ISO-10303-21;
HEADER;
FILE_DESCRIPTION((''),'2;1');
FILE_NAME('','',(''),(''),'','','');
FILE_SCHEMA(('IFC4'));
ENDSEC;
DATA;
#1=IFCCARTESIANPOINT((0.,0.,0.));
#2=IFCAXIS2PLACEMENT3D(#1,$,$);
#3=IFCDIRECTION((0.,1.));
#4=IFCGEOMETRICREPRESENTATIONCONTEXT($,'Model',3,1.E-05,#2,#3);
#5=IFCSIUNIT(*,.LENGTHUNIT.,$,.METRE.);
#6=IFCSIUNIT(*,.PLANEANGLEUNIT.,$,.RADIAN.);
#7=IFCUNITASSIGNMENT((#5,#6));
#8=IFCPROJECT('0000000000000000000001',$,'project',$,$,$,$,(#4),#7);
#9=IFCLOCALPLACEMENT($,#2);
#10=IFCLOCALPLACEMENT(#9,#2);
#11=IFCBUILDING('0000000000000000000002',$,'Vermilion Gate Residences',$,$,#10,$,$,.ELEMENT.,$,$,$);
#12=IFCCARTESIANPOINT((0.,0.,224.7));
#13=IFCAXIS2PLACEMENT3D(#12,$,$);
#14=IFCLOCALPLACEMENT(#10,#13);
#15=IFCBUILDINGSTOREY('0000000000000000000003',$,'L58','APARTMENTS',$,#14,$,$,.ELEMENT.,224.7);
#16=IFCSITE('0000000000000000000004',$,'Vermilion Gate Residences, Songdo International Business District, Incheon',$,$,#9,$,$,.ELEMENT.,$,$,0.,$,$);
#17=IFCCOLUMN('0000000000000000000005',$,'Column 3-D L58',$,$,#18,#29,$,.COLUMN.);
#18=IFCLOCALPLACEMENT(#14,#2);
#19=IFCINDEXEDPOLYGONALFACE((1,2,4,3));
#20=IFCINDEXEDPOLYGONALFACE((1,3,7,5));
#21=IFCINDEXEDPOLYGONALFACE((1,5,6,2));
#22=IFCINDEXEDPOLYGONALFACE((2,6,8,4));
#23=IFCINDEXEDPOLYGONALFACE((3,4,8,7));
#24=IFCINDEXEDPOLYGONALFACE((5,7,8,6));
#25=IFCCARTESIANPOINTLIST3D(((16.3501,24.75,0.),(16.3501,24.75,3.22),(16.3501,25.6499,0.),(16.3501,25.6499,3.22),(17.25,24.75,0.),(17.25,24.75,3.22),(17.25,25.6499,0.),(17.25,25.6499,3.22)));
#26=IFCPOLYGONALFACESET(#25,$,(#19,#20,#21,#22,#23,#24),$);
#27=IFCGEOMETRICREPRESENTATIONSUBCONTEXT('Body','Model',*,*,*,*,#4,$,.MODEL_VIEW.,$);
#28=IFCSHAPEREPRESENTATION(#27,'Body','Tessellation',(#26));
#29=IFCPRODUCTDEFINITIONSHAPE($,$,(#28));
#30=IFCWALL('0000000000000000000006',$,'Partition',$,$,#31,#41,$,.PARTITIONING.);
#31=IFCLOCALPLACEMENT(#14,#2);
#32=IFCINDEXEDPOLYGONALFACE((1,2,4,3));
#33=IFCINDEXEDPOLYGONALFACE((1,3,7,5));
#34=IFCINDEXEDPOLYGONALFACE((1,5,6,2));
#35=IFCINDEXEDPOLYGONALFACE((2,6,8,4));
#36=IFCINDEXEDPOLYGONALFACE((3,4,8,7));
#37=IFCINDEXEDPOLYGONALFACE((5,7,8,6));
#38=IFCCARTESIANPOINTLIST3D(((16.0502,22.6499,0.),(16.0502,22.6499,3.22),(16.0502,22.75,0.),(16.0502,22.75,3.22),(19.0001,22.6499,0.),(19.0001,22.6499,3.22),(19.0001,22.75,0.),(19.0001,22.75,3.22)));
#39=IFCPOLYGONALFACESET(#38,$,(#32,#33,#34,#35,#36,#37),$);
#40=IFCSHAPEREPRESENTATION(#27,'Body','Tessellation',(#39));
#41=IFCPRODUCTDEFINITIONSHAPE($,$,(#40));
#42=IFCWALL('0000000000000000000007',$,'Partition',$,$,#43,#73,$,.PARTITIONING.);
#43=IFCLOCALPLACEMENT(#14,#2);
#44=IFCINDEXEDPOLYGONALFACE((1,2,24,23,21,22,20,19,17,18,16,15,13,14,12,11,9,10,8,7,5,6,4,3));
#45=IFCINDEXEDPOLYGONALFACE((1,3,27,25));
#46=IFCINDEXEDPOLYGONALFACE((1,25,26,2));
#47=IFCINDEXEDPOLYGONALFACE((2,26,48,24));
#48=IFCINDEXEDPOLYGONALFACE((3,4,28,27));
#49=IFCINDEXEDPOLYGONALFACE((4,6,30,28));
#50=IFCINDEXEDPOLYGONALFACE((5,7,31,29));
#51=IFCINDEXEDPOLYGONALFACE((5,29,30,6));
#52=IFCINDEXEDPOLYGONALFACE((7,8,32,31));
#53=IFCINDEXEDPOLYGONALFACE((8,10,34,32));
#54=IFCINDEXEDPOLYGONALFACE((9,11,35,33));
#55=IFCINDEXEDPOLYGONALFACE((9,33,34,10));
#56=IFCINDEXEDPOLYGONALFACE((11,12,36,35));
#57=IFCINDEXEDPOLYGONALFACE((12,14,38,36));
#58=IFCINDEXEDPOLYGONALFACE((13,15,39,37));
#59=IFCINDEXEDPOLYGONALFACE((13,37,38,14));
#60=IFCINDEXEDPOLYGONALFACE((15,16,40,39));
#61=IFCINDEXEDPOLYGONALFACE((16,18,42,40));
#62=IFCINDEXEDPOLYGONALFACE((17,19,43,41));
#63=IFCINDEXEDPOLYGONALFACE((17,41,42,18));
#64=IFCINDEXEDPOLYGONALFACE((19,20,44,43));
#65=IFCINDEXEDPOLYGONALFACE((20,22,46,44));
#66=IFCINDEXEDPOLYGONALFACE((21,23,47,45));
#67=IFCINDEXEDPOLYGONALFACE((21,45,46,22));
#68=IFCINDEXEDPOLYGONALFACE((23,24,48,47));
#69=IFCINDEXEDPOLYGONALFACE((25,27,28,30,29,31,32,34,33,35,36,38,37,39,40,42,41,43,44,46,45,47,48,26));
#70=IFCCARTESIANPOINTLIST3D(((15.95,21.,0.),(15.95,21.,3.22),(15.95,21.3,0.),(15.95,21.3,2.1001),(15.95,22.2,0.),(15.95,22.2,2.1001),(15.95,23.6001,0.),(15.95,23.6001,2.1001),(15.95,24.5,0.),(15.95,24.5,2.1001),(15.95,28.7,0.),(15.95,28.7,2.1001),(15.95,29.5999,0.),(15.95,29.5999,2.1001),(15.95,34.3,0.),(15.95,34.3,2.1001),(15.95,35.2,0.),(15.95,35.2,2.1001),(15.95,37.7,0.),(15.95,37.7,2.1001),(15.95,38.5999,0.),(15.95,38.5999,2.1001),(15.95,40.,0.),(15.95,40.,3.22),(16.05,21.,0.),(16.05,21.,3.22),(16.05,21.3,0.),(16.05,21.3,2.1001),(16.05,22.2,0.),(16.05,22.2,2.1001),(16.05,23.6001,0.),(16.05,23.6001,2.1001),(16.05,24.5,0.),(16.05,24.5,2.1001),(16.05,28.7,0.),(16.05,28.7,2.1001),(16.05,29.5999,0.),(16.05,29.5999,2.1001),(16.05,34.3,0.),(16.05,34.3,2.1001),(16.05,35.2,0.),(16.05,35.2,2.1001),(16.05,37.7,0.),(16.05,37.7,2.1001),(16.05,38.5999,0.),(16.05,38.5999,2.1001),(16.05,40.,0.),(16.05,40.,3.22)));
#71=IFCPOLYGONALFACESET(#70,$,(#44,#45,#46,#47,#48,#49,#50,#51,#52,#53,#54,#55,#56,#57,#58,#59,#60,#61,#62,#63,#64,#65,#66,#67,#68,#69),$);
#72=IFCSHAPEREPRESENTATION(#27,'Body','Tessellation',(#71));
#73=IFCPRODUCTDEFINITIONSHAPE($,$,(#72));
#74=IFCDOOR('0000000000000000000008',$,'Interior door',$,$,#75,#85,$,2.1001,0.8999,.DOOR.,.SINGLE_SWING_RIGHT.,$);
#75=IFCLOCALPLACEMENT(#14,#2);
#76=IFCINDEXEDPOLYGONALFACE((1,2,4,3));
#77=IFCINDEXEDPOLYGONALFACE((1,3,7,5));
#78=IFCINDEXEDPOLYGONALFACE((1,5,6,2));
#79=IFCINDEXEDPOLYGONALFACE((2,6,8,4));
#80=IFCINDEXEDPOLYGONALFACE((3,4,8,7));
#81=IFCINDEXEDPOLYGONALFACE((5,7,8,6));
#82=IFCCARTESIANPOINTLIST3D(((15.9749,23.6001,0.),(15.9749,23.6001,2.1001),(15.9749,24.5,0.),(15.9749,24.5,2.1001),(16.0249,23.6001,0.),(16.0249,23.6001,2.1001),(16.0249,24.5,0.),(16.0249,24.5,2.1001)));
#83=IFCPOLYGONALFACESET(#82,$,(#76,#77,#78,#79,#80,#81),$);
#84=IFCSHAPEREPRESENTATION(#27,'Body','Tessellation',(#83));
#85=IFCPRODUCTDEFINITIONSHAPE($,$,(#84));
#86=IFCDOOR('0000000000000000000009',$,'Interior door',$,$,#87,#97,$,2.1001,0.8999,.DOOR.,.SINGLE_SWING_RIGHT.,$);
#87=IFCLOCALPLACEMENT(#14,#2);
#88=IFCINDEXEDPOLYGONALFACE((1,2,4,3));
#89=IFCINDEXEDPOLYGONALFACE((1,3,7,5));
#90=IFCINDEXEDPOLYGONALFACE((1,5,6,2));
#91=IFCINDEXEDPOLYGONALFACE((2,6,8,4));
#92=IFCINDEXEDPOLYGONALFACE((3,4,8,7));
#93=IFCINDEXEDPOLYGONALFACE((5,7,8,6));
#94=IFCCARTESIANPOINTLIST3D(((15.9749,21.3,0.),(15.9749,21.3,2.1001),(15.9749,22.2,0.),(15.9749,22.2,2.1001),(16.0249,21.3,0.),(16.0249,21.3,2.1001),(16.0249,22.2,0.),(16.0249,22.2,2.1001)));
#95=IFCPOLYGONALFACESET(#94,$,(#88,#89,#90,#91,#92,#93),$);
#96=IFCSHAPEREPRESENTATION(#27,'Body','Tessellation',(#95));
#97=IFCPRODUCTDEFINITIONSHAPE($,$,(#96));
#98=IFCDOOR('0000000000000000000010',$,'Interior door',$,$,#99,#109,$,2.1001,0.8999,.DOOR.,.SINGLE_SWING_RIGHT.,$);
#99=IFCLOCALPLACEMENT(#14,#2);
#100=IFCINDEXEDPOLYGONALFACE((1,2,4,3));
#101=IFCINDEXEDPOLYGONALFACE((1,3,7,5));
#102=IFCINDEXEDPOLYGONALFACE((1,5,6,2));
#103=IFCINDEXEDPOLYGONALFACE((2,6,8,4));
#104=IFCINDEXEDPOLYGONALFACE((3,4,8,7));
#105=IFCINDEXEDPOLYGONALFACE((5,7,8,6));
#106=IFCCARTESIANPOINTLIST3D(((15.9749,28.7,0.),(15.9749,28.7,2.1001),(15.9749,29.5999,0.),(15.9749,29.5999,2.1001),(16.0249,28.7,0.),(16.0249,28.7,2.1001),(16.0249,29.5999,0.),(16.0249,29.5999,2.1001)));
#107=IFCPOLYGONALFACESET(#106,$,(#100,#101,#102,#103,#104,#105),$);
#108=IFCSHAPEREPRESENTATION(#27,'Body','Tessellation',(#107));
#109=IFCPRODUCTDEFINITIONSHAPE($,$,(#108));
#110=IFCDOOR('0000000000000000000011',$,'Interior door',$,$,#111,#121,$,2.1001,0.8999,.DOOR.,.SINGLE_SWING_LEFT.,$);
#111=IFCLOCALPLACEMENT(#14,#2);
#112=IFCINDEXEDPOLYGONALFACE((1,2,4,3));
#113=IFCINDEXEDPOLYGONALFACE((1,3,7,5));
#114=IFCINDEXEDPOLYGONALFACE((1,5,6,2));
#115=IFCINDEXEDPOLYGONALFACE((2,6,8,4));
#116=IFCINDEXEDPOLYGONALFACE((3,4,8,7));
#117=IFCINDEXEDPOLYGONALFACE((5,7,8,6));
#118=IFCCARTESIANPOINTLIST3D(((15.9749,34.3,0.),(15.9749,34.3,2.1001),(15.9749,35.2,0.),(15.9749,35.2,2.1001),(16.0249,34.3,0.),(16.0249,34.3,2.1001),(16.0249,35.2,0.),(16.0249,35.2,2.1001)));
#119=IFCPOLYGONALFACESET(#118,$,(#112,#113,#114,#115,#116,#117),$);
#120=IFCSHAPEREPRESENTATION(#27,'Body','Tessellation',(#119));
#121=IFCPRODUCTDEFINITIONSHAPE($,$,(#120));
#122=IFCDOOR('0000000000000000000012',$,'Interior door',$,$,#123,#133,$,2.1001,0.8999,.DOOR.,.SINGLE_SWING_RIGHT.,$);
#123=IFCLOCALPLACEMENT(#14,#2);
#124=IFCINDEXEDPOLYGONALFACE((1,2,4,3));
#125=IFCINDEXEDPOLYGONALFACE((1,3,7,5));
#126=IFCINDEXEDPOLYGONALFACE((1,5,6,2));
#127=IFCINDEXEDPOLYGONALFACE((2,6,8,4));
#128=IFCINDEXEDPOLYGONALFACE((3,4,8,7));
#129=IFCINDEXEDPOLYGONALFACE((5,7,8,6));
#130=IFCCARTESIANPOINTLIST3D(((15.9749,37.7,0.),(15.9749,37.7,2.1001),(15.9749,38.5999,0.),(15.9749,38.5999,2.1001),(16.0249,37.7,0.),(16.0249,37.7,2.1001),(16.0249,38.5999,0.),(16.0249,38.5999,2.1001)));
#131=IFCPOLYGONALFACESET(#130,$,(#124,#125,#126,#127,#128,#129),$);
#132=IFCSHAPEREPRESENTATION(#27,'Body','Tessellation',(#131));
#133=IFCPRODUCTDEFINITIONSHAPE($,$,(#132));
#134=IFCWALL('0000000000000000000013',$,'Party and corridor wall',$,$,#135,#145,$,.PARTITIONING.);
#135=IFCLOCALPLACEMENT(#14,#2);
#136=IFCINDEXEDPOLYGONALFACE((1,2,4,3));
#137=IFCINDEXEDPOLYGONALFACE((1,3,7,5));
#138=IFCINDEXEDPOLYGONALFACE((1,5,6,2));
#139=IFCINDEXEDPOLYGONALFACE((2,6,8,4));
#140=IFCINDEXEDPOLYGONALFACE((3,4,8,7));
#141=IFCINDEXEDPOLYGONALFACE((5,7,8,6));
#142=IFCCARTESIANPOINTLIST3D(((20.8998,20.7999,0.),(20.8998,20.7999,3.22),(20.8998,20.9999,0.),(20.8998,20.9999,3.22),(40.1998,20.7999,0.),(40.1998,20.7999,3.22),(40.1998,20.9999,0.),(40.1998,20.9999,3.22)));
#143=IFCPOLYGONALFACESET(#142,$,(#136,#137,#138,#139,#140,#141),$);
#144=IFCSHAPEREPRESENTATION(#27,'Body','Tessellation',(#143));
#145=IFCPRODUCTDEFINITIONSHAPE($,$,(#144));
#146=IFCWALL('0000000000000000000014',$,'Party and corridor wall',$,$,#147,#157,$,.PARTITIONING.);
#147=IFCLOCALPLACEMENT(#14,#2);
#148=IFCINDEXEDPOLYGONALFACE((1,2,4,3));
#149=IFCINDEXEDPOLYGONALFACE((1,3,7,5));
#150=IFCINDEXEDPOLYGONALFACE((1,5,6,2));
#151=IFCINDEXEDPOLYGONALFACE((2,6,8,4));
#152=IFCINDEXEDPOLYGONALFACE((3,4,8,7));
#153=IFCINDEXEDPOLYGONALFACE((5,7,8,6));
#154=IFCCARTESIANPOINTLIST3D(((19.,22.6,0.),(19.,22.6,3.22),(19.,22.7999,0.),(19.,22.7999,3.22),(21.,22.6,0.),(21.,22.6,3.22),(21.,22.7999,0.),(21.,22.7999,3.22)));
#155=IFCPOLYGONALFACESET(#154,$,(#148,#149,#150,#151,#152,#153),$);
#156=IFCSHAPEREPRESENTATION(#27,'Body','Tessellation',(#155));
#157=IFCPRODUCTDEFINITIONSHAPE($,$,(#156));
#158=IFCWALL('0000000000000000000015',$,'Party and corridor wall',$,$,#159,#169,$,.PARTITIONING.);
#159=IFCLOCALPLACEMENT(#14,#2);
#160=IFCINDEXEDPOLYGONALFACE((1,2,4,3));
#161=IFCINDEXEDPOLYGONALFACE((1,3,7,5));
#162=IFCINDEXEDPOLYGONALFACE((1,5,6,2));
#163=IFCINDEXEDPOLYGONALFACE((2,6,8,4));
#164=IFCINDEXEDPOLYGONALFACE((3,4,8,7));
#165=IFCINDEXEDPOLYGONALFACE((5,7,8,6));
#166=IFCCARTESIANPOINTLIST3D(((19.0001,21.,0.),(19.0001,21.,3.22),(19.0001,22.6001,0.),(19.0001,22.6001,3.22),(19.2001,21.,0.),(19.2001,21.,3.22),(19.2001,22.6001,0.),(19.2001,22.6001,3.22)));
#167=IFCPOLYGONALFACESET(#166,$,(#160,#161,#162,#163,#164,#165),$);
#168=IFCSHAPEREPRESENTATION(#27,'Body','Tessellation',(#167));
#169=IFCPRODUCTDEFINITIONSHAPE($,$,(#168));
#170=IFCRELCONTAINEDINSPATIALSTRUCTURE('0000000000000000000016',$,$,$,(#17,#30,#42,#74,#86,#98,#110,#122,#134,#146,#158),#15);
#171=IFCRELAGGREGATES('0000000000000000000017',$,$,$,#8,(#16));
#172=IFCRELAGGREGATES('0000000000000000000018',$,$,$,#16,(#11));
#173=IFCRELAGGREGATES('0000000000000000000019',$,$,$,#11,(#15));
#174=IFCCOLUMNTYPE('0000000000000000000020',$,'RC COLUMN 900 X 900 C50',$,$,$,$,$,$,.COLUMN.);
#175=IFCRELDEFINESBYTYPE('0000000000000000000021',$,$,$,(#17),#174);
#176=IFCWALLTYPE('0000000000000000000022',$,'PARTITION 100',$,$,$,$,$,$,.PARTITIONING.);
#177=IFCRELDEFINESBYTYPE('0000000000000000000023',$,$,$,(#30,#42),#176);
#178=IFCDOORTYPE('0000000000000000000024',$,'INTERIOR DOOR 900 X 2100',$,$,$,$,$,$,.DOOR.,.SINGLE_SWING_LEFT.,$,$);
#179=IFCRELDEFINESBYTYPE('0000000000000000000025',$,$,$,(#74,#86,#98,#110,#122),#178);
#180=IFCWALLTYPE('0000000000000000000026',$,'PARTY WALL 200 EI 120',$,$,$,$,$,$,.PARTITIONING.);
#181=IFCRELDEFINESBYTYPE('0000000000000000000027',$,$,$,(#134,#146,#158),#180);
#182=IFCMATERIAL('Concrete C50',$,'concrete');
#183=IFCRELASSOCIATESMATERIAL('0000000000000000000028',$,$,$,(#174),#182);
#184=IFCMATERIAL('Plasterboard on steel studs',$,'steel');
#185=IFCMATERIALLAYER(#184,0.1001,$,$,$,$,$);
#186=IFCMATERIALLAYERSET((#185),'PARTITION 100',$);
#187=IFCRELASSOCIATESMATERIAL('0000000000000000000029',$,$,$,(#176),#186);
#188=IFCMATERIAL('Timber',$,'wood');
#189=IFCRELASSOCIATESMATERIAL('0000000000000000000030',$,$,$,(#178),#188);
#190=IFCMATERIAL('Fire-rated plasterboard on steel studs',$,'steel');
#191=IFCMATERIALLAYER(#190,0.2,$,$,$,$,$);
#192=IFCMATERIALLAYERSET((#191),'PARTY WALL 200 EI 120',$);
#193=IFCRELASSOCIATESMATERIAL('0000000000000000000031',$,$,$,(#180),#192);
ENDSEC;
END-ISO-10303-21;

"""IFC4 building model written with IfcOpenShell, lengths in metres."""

from ifc_helpers import new_model, si_unit, direction, frame, frame_2d, origin, origin_2d, place, context, subcontext, project, spatial, rectangle, extrude, material, layer, layer_set, material_profile, profile_set, type_object, element, fill, save


model = new_model("IFC4")

# Units and contexts
model_context = context("Model", 3, precision=1e-05, world=origin(), true_north=direction((0.0, 1.0)))
body_context = subcontext(model_context, "Body", "Model", "MODEL_VIEW")
ifc_project = project(units=[si_unit("LENGTHUNIT", "METRE"), si_unit("PLANEANGLEUNIT", "RADIAN")], contexts=[model_context])

# Site, building, storey
site_placement = place(None, origin())
site = spatial("IfcSite", under=ifc_project, at=site_placement, Name="Vermilion Gate Residences, Songdo International Business District, Incheon", CompositionType="ELEMENT", RefElevation=0.0)
building_placement = place(site_placement, origin())
building = spatial("IfcBuilding", under=site, at=building_placement, Name="Vermilion Gate Residences", CompositionType="ELEMENT")
storey_placement = place(building_placement, frame((0.0, 0.0, 224.7)))
storey = spatial("IfcBuildingStorey", under=building, at=storey_placement, Name="L58", Description="APARTMENTS", CompositionType="ELEMENT", Elevation=224.7)

# Column
ifc_material_1 = material(Name="Concrete C50", Category="concrete")
ifc_material_profile = material_profile(ifc_material_1, rectangle(XDim=0.8999, YDim=0.8999, at=origin_2d()), Name="RC-900x900")
ifc_profile_set = profile_set([ifc_material_profile], Name="Concrete C50")
column_type = type_object("IfcColumnType", Name="RC COLUMN 900 X 900 C50", PredefinedType="COLUMN", material=ifc_profile_set)
column_placement = place(storey_placement, frame((16.8, 25.2, 0.0), z_axis=(0.0, 0.0, 1.0), x_axis=(1.0, 0.0, 0.0)))
element("IfcColumn", 1, at=column_placement, inside=storey, type_object=column_type, Name="Column 3-D L58", PredefinedType="COLUMN", context=body_context, shape_type="SweptSolid", body=[
    extrude(rectangle(XDim=0.8999, YDim=0.8999, at=origin_2d()), origin(), (0.0, 0.0, 1.0), 3.22),
])

# Wall
ifc_material_2 = material(Name="Plasterboard on steel studs", Category="steel")
ifc_layer_1 = layer(ifc_material_2, 0.1001)
ifc_layer_set_1 = layer_set([ifc_layer_1], Name="PARTITION 100")
wall_type_1 = type_object("IfcWallType", Name="PARTITION 100", PredefinedType="PARTITIONING", material=ifc_layer_set_1)
wall_1_placement = place(storey_placement, frame((16.05, 22.7, 0.0), z_axis=(0.0, 0.0, 1.0), x_axis=(1.0, 0.0, 0.0)))
element("IfcWall", 2, at=wall_1_placement, inside=storey, type_object=wall_type_1, Name="Partition", PredefinedType="PARTITIONING", context=body_context, shape_type="SweptSolid", body=[
    extrude(rectangle(XDim=2.95, YDim=0.1001, at=frame_2d((1.4751, 0.0))), origin(), (0.0, 0.0, 1.0), 3.22),
])

# Wall, openings, doors
wall_2_placement = place(storey_placement, frame((16.0, 21.0, 0.0), z_axis=(0.0, 0.0, 1.0), x_axis=(0.0, 1.0, 0.0)))
wall_2 = element("IfcWall", 3, at=wall_2_placement, inside=storey, type_object=wall_type_1, Name="Partition", PredefinedType="PARTITIONING", context=body_context, shape_type="SweptSolid", body=[
    extrude(rectangle(XDim=19.0, YDim=0.1001, at=frame_2d((9.5, 0.0))), origin(), (0.0, 0.0, 1.0), 3.22),
])
opening_1_placement = place(wall_2_placement, frame((2.6001, 0.0, 0.0)))
opening_1 = element("IfcOpeningElement", 4, at=opening_1_placement, cuts=wall_2, PredefinedType="OPENING", context=body_context, shape_type="SweptSolid", body=[
    extrude(rectangle(XDim=0.8999, YDim=2.1001, at=frame_2d((0.45, 1.05))), frame((0.0, 0.0601, 0.0), z_axis=(0.0, -1.0, 0.0), x_axis=(1.0, 0.0, 0.0)), (0.0, 0.0, 1.0), 0.1201),
])
opening_2_placement = place(wall_2_placement, frame((0.3, 0.0, 0.0)))
opening_2 = element("IfcOpeningElement", 5, at=opening_2_placement, cuts=wall_2, PredefinedType="OPENING", context=body_context, shape_type="SweptSolid", body=[
    extrude(rectangle(XDim=0.8999, YDim=2.1001, at=frame_2d((0.45, 1.05))), frame((0.0, 0.0601, 0.0), z_axis=(0.0, -1.0, 0.0), x_axis=(1.0, 0.0, 0.0)), (0.0, 0.0, 1.0), 0.1201),
])
opening_3_placement = place(wall_2_placement, frame((7.7, 0.0, 0.0)))
opening_3 = element("IfcOpeningElement", 6, at=opening_3_placement, cuts=wall_2, PredefinedType="OPENING", context=body_context, shape_type="SweptSolid", body=[
    extrude(rectangle(XDim=0.8999, YDim=2.1001, at=frame_2d((0.45, 1.05))), frame((0.0, 0.0601, 0.0), z_axis=(0.0, -1.0, 0.0), x_axis=(1.0, 0.0, 0.0)), (0.0, 0.0, 1.0), 0.1201),
])
opening_4_placement = place(wall_2_placement, frame((13.3, 0.0, 0.0)))
opening_4 = element("IfcOpeningElement", 7, at=opening_4_placement, cuts=wall_2, PredefinedType="OPENING", context=body_context, shape_type="SweptSolid", body=[
    extrude(rectangle(XDim=0.8999, YDim=2.1001, at=frame_2d((0.45, 1.05))), frame((0.0, 0.0601, 0.0), z_axis=(0.0, -1.0, 0.0), x_axis=(1.0, 0.0, 0.0)), (0.0, 0.0, 1.0), 0.1201),
])
opening_5_placement = place(wall_2_placement, frame((16.7, 0.0, 0.0)))
opening_5 = element("IfcOpeningElement", 8, at=opening_5_placement, cuts=wall_2, PredefinedType="OPENING", context=body_context, shape_type="SweptSolid", body=[
    extrude(rectangle(XDim=0.8999, YDim=2.1001, at=frame_2d((0.45, 1.05))), frame((0.0, 0.0601, 0.0), z_axis=(0.0, -1.0, 0.0), x_axis=(1.0, 0.0, 0.0)), (0.0, 0.0, 1.0), 0.1201),
])
ifc_material_3 = material(Name="Timber", Category="wood")
door_type_1 = type_object("IfcDoorType", Name="INTERIOR DOOR 900 X 2100", OperationType="SINGLE_SWING_LEFT", PredefinedType="DOOR", material=ifc_material_3)
door_1_placement = place(opening_1_placement, frame((0.8999, 0.0, 0.0), z_axis=(0.0, 0.0, 1.0), x_axis=(-1.0, 0.0, 0.0)))
door_1 = element("IfcDoor", 9, at=door_1_placement, inside=storey, type_object=door_type_1, Name="Interior door", OperationType="SINGLE_SWING_RIGHT", OverallHeight=2.1001, OverallWidth=0.8999, PredefinedType="DOOR", context=body_context, shape_type="SweptSolid", body=[
    extrude(rectangle(XDim=0.8999, YDim=2.1001, at=frame_2d((0.45, 1.05))), frame((0.0, 0.0249, 0.0), z_axis=(0.0, -1.0, 0.0), x_axis=(1.0, 0.0, 0.0)), (0.0, 0.0, 1.0), 0.05),
])
fill(opening_1, door_1)
door_2_placement = place(opening_2_placement, frame((0.8999, 0.0, 0.0), z_axis=(0.0, 0.0, 1.0), x_axis=(-1.0, 0.0, 0.0)))
door_2 = element("IfcDoor", 10, at=door_2_placement, inside=storey, type_object=door_type_1, Name="Interior door", OperationType="SINGLE_SWING_RIGHT", OverallHeight=2.1001, OverallWidth=0.8999, PredefinedType="DOOR", context=body_context, shape_type="SweptSolid", body=[
    extrude(rectangle(XDim=0.8999, YDim=2.1001, at=frame_2d((0.45, 1.05))), frame((0.0, 0.0249, 0.0), z_axis=(0.0, -1.0, 0.0), x_axis=(1.0, 0.0, 0.0)), (0.0, 0.0, 1.0), 0.05),
])
fill(opening_2, door_2)
door_3_placement = place(opening_3_placement, frame((0.8999, 0.0, 0.0), z_axis=(0.0, 0.0, 1.0), x_axis=(-1.0, 0.0, 0.0)))
door_3 = element("IfcDoor", 11, at=door_3_placement, inside=storey, type_object=door_type_1, Name="Interior door", OperationType="SINGLE_SWING_RIGHT", OverallHeight=2.1001, OverallWidth=0.8999, PredefinedType="DOOR", context=body_context, shape_type="SweptSolid", body=[
    extrude(rectangle(XDim=0.8999, YDim=2.1001, at=frame_2d((0.45, 1.05))), frame((0.0, 0.0249, 0.0), z_axis=(0.0, -1.0, 0.0), x_axis=(1.0, 0.0, 0.0)), (0.0, 0.0, 1.0), 0.05),
])
fill(opening_3, door_3)
door_4_placement = place(opening_4_placement, frame((0.8999, 0.0, 0.0), z_axis=(0.0, 0.0, 1.0), x_axis=(-1.0, 0.0, 0.0)))
door_4 = element("IfcDoor", 12, at=door_4_placement, inside=storey, type_object=door_type_1, Name="Interior door", OperationType="SINGLE_SWING_LEFT", OverallHeight=2.1001, OverallWidth=0.8999, PredefinedType="DOOR", context=body_context, shape_type="SweptSolid", body=[
    extrude(rectangle(XDim=0.8999, YDim=2.1001, at=frame_2d((0.45, 1.05))), frame((0.0, 0.0249, 0.0), z_axis=(0.0, -1.0, 0.0), x_axis=(1.0, 0.0, 0.0)), (0.0, 0.0, 1.0), 0.05),
])
fill(opening_4, door_4)
door_5_placement = place(opening_5_placement, frame((0.8999, 0.0, 0.0), z_axis=(0.0, 0.0, 1.0), x_axis=(-1.0, 0.0, 0.0)))
door_5 = element("IfcDoor", 13, at=door_5_placement, inside=storey, type_object=door_type_1, Name="Interior door", OperationType="SINGLE_SWING_RIGHT", OverallHeight=2.1001, OverallWidth=0.8999, PredefinedType="DOOR", context=body_context, shape_type="SweptSolid", body=[
    extrude(rectangle(XDim=0.8999, YDim=2.1001, at=frame_2d((0.45, 1.05))), frame((0.0, 0.0249, 0.0), z_axis=(0.0, -1.0, 0.0), x_axis=(1.0, 0.0, 0.0)), (0.0, 0.0, 1.0), 0.05),
])
fill(opening_5, door_5)

# Walls
ifc_material_4 = material(Name="Fire-rated plasterboard on steel studs", Category="steel")
ifc_layer_2 = layer(ifc_material_4, 0.2)
ifc_layer_set_2 = layer_set([ifc_layer_2], Name="PARTY WALL 200 EI 120")
wall_type_2 = type_object("IfcWallType", Name="PARTY WALL 200 EI 120", PredefinedType="PARTITIONING", material=ifc_layer_set_2)
wall_3_placement = place(storey_placement, frame((20.8999, 20.8999, 0.0), z_axis=(0.0, 0.0, 1.0), x_axis=(1.0, 0.0, 0.0)))
element("IfcWall", 14, at=wall_3_placement, inside=storey, type_object=wall_type_2, Name="Party and corridor wall", PredefinedType="PARTITIONING", context=body_context, shape_type="SweptSolid", body=[
    extrude(rectangle(XDim=19.3, YDim=0.2, at=frame_2d((9.6499, 0.0))), origin(), (0.0, 0.0, 1.0), 3.22),
])
wall_4_placement = place(storey_placement, frame((19.0, 22.7, 0.0), z_axis=(0.0, 0.0, 1.0), x_axis=(1.0, 0.0, 0.0)))
element("IfcWall", 15, at=wall_4_placement, inside=storey, type_object=wall_type_2, Name="Party and corridor wall", PredefinedType="PARTITIONING", context=body_context, shape_type="SweptSolid", body=[
    extrude(rectangle(XDim=2.0, YDim=0.2, at=frame_2d((1.0, 0.0))), origin(), (0.0, 0.0, 1.0), 3.22),
])
wall_5_placement = place(storey_placement, frame((19.1001, 21.0, 0.0), z_axis=(0.0, 0.0, 1.0), x_axis=(0.0, 1.0, 0.0)))
element("IfcWall", 16, at=wall_5_placement, inside=storey, type_object=wall_type_2, Name="Party and corridor wall", PredefinedType="PARTITIONING", context=body_context, shape_type="SweptSolid", body=[
    extrude(rectangle(XDim=1.6001, YDim=0.2, at=frame_2d((0.8, 0.0))), origin(), (0.0, 0.0, 1.0), 3.22),
])

save(model, "model.ifc")
